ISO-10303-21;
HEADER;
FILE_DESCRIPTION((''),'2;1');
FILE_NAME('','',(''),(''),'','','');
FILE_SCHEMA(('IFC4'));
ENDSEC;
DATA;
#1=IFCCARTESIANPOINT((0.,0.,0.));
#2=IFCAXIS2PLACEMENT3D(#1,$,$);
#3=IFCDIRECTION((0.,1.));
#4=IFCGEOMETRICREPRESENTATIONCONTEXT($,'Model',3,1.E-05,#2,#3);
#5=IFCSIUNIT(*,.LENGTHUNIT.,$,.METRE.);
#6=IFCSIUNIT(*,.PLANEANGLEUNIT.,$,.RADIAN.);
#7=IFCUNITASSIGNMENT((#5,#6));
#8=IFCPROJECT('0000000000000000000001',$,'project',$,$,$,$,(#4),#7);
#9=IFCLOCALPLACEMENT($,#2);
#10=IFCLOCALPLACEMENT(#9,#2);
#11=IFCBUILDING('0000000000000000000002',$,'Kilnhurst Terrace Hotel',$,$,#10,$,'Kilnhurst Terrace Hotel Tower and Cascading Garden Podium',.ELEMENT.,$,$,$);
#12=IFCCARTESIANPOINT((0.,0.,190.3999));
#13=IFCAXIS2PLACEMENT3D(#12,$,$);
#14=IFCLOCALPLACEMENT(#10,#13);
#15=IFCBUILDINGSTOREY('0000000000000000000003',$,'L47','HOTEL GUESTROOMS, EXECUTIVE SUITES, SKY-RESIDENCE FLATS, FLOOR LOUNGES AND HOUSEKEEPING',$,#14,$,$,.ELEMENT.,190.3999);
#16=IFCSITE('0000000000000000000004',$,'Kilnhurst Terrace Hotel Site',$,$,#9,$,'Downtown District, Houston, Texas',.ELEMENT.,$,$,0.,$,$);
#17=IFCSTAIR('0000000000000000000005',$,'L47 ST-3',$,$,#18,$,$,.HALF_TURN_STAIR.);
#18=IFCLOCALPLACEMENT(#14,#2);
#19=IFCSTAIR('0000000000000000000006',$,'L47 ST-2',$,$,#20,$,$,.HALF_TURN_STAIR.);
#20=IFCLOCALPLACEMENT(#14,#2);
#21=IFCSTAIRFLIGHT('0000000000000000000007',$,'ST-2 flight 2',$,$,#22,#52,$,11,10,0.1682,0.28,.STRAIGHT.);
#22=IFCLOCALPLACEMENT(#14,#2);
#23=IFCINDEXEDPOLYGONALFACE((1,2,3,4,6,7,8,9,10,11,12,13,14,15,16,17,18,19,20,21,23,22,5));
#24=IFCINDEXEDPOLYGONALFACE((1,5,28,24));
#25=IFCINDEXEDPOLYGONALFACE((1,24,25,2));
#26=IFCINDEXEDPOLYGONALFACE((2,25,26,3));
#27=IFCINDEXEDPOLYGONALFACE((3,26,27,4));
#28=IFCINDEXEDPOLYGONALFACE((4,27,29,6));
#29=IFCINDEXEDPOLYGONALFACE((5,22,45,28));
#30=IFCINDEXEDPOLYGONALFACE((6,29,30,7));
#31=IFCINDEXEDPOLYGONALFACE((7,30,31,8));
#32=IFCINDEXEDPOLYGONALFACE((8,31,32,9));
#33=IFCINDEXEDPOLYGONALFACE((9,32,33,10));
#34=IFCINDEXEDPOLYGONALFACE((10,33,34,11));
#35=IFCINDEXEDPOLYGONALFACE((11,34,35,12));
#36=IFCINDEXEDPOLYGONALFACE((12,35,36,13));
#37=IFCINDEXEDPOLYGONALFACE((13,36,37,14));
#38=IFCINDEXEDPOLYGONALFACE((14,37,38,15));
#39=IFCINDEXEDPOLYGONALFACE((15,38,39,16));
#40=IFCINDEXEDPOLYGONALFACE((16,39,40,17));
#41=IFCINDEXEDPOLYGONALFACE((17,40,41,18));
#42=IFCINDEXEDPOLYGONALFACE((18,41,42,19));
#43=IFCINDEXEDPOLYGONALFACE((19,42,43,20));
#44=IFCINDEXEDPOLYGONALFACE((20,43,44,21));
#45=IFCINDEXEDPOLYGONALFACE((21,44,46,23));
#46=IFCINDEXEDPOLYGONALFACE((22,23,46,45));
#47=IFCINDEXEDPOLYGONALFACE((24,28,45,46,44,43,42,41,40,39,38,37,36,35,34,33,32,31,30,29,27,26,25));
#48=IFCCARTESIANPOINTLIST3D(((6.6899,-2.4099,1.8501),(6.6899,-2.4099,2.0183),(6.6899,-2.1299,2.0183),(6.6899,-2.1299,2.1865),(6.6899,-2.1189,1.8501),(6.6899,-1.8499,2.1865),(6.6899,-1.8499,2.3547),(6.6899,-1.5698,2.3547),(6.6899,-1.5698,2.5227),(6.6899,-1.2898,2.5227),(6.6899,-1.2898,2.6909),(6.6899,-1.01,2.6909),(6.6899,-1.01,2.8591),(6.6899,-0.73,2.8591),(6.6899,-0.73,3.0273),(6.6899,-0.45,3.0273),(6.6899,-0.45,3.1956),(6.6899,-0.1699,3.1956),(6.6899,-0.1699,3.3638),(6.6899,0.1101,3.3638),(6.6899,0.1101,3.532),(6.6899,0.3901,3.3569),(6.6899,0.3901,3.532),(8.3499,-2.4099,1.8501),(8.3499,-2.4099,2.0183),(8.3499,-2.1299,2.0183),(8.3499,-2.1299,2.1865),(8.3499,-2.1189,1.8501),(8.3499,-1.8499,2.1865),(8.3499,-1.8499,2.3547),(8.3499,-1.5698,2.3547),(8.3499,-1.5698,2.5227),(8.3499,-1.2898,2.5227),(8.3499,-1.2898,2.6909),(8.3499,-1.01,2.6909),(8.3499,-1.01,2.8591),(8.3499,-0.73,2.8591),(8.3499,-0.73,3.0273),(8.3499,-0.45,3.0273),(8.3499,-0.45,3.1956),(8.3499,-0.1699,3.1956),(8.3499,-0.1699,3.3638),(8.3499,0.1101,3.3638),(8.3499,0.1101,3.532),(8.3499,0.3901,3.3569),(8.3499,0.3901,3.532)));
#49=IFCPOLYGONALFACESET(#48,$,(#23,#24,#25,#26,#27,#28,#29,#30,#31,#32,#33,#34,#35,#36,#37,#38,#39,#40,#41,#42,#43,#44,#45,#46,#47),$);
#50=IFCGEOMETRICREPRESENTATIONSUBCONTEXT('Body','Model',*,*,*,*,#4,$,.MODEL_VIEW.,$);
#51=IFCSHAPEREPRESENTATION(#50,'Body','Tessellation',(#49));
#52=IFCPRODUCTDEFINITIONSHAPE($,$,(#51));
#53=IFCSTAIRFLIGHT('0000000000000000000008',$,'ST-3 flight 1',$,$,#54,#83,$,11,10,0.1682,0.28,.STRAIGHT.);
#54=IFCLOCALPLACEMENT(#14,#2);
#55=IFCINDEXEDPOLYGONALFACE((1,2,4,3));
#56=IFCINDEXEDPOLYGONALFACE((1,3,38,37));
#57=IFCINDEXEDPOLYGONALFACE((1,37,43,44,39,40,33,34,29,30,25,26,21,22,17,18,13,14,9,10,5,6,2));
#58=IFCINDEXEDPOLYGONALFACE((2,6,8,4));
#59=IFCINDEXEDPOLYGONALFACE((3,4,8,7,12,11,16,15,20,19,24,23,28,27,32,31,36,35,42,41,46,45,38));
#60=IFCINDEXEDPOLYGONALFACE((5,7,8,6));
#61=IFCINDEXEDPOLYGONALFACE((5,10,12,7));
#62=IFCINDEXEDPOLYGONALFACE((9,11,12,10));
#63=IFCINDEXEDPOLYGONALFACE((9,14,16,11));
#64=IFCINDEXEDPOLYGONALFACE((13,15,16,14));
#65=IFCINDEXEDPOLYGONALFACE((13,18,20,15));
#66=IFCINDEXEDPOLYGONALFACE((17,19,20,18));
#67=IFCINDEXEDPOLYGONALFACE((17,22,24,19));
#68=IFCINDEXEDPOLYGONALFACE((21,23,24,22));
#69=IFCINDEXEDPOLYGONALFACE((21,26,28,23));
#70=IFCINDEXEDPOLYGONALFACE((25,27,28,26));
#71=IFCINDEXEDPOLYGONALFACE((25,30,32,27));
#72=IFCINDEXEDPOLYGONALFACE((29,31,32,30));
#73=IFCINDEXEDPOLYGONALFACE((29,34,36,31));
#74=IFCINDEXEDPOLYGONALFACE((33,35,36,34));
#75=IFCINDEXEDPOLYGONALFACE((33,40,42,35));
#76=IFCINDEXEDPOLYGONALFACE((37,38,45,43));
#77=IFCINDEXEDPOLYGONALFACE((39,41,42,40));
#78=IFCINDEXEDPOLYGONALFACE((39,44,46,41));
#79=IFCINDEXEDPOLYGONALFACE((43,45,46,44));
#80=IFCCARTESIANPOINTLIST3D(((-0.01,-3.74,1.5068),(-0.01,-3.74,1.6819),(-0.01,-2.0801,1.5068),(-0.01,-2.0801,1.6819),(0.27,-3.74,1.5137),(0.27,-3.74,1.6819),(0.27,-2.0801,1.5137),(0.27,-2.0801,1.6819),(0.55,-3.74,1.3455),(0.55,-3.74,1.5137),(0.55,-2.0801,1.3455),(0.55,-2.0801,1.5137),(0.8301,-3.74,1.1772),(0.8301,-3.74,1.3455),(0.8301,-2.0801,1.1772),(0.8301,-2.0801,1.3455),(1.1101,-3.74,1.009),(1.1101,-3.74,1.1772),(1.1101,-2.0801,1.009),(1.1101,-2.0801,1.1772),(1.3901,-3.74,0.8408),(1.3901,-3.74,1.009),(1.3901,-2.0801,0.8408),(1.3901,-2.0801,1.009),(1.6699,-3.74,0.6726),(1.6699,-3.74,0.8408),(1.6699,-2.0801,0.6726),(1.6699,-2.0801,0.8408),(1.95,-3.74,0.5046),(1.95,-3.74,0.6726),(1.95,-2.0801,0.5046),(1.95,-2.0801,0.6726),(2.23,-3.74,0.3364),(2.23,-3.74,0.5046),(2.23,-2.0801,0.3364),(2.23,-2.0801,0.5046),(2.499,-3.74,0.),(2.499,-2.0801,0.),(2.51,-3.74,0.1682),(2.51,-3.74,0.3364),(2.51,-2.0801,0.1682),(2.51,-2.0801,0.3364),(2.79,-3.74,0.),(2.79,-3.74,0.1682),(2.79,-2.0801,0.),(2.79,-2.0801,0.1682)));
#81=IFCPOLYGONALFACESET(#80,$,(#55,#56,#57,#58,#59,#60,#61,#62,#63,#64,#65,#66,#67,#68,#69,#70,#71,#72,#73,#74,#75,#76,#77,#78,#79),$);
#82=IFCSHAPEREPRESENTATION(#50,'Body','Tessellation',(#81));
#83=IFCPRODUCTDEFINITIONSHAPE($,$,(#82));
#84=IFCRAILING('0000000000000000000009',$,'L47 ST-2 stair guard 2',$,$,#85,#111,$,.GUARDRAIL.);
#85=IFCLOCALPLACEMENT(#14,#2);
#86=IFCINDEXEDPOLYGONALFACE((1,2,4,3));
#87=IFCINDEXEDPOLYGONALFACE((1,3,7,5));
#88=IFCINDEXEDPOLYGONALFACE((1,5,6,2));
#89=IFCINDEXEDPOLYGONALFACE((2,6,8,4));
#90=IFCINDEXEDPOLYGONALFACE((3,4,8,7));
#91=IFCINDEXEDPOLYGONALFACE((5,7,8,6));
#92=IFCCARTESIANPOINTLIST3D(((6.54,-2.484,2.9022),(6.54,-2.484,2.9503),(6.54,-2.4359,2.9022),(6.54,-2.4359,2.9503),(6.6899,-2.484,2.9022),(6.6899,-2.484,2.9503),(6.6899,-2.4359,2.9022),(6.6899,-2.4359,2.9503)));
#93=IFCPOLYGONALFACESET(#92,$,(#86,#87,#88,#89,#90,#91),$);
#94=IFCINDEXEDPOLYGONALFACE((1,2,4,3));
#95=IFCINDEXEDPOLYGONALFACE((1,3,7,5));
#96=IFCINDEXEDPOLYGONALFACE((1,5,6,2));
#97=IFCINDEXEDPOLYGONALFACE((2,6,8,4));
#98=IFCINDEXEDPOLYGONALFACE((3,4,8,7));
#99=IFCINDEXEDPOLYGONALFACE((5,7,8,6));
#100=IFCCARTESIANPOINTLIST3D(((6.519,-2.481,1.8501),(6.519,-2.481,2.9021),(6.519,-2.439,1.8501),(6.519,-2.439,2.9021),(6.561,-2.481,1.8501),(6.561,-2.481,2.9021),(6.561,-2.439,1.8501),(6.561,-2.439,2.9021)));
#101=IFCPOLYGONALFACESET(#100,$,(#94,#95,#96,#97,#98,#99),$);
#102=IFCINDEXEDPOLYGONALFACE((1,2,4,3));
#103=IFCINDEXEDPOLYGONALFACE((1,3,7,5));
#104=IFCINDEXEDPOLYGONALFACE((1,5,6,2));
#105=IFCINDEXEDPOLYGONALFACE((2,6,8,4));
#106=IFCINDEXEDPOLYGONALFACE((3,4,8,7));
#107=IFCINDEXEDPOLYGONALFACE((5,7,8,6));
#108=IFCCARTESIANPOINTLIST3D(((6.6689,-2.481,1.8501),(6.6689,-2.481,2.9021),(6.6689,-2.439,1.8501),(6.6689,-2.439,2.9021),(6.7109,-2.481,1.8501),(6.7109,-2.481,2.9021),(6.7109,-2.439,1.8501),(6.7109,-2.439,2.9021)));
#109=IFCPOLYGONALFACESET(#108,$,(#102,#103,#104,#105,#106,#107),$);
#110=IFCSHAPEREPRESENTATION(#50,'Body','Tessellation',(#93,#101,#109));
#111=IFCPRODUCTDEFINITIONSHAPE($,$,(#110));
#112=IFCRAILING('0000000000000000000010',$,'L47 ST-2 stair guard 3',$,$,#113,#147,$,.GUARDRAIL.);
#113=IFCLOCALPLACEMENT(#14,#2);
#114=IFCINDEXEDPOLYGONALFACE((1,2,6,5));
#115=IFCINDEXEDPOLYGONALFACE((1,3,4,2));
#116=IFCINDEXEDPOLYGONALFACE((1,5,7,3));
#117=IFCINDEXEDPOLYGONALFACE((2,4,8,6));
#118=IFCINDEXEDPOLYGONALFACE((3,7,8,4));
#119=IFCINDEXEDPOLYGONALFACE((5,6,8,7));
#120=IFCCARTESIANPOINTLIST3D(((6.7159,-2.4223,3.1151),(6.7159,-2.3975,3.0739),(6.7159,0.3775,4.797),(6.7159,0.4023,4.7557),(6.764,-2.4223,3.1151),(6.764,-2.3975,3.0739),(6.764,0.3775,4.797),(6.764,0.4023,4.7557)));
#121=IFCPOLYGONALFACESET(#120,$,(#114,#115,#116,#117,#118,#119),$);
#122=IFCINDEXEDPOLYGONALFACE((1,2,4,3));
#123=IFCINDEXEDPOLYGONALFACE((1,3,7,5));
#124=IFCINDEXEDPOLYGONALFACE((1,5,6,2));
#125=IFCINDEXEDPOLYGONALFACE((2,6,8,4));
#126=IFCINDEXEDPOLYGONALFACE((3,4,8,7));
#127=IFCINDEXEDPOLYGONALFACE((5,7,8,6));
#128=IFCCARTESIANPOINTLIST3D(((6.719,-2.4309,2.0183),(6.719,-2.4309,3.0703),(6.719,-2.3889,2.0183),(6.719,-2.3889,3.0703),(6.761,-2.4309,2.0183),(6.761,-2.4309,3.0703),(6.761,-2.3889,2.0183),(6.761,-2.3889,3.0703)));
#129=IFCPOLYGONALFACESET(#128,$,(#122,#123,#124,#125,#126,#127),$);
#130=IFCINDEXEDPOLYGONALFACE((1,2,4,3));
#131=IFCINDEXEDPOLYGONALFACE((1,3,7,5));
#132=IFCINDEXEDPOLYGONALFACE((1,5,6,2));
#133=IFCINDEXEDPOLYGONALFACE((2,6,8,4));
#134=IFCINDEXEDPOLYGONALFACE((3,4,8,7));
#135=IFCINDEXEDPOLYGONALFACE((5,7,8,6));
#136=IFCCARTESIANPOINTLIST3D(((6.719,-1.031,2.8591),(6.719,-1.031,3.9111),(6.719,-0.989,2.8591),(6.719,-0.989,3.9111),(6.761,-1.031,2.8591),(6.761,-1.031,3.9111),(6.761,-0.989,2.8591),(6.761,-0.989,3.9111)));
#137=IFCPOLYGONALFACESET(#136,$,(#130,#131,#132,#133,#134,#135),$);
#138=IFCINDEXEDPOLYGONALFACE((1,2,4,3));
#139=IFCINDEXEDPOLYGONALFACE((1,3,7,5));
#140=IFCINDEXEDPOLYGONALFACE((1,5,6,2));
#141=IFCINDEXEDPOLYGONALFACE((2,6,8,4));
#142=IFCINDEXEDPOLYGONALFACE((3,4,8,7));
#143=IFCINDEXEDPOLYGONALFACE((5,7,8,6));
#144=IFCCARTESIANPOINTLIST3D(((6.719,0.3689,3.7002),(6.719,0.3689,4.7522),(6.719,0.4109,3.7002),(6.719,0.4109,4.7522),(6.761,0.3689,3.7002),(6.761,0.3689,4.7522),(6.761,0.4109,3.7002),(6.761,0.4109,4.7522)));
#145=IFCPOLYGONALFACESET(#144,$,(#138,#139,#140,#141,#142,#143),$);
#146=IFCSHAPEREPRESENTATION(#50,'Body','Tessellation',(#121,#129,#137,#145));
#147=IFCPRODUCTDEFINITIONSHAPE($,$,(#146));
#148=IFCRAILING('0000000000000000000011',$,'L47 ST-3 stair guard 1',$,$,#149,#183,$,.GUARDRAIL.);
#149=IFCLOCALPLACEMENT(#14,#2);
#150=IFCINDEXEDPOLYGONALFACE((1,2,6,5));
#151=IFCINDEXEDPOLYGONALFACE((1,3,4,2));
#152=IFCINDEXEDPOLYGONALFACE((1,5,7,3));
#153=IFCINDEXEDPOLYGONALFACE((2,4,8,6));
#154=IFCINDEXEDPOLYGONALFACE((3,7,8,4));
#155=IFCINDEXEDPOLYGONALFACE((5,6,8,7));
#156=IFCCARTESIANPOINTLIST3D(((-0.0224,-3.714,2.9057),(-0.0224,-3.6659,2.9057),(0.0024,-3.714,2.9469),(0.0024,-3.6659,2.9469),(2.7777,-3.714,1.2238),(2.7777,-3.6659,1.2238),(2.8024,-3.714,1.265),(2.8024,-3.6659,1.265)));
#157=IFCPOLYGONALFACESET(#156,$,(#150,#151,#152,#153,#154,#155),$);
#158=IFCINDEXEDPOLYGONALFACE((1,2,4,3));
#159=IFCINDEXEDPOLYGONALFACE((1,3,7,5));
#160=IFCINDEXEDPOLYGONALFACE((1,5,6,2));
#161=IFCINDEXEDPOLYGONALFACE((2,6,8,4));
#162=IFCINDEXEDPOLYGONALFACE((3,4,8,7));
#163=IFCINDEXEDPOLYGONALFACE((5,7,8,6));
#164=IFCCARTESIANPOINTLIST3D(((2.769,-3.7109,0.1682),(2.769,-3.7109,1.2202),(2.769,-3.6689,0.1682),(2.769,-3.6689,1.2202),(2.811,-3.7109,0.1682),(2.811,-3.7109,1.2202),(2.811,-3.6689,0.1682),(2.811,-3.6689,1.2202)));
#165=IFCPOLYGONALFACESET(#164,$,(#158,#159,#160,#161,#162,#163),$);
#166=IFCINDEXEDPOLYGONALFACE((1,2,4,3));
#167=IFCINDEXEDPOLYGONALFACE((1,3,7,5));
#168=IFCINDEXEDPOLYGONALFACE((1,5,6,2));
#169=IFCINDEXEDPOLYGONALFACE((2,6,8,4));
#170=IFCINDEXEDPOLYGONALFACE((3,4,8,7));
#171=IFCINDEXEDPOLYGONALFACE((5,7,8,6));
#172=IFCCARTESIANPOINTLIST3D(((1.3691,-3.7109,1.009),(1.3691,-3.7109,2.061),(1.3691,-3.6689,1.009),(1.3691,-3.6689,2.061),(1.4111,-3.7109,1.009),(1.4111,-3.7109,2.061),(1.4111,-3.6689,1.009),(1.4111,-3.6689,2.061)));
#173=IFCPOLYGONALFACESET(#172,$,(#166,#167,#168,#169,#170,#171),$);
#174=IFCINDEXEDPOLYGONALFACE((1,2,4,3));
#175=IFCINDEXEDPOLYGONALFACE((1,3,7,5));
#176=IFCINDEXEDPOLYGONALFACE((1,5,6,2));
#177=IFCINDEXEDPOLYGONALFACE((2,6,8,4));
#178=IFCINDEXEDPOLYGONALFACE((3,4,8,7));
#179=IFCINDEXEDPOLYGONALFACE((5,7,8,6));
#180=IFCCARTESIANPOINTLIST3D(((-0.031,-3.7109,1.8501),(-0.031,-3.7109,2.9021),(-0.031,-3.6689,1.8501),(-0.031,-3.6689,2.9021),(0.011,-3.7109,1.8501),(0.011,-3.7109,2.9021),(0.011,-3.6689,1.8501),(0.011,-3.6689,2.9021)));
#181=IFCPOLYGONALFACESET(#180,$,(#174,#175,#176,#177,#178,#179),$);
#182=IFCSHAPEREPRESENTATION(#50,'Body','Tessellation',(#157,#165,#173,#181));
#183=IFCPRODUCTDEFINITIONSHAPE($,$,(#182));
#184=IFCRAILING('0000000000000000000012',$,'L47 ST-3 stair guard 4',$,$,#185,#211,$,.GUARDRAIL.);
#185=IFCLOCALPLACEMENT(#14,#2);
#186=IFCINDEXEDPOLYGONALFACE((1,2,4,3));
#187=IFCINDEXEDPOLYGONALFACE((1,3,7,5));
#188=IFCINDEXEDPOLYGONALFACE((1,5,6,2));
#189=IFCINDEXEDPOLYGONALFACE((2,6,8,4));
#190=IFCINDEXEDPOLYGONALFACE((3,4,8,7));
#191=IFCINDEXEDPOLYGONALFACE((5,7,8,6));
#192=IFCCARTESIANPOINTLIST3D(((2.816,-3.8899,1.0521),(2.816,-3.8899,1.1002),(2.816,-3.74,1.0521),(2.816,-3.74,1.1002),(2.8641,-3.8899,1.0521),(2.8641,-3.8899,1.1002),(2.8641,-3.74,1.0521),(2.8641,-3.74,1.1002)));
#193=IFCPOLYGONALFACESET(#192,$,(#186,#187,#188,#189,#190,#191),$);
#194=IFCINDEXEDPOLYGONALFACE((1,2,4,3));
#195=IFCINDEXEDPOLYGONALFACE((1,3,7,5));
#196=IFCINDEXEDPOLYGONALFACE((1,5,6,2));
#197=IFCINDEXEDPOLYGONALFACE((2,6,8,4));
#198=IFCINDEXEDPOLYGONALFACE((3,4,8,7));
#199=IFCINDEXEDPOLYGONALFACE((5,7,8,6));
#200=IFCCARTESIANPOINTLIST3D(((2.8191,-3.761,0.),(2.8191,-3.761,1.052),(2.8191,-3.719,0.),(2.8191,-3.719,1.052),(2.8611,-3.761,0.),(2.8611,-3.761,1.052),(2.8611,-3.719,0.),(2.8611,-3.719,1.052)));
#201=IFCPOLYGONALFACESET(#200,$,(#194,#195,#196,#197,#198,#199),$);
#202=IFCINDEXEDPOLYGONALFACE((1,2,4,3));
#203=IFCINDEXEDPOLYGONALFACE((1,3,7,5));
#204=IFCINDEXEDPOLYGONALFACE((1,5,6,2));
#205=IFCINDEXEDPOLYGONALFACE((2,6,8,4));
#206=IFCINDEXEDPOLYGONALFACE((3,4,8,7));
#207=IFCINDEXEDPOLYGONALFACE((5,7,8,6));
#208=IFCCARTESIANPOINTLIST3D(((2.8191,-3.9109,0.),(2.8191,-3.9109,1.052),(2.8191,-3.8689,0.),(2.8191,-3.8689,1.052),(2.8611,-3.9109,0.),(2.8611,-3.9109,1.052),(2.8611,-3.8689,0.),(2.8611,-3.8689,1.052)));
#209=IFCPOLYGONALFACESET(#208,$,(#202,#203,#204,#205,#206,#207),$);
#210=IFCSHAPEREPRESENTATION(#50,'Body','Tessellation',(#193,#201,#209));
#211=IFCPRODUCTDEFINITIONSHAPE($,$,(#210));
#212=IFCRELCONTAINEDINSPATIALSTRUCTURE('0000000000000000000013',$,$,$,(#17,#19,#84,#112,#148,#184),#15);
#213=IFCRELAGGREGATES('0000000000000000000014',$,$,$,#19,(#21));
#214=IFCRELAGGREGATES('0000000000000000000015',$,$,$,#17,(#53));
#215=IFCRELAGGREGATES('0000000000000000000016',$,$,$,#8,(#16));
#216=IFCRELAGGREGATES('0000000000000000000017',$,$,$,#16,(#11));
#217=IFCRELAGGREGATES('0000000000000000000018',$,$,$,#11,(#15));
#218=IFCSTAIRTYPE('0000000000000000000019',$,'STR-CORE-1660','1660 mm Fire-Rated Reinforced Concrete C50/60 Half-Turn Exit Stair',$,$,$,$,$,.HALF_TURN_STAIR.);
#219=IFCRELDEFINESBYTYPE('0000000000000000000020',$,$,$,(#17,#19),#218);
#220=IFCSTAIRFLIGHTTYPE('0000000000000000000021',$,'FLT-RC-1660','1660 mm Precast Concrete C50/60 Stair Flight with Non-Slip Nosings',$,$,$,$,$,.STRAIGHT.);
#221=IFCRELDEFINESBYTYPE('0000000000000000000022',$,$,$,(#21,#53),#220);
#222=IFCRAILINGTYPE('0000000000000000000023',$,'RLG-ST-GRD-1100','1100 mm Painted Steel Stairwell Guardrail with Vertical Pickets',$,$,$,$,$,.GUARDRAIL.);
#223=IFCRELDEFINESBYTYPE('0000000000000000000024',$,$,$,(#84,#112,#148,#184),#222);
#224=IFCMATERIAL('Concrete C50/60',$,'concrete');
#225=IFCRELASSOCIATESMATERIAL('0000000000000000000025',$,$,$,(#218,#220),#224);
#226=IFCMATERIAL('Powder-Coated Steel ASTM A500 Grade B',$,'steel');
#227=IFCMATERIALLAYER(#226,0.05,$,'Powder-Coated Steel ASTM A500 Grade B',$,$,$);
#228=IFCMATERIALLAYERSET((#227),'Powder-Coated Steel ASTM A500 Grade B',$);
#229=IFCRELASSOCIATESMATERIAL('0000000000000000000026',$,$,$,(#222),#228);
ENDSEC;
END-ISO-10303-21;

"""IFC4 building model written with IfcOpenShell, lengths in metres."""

from ifc_helpers import new_model, si_unit, direction, frame, origin, origin_2d, place, context, subcontext, project, spatial, polyline, rectangle, outline, extrude, material, layer, layer_set, type_object, element, aggregate, save


model = new_model("IFC4")

# Units and contexts
model_context = context("Model", 3, precision=1e-05, world=origin(), true_north=direction((0.0, 1.0)))
body_context = subcontext(model_context, "Body", "Model", "MODEL_VIEW")
ifc_project = project(units=[si_unit("LENGTHUNIT", "METRE"), si_unit("PLANEANGLEUNIT", "RADIAN")], contexts=[model_context])

# Site, building, storey
site_placement = place(None, origin())
site = spatial("IfcSite", under=ifc_project, at=site_placement, Name="Kilnhurst Terrace Hotel Site", LongName="Downtown District, Houston, Texas", CompositionType="ELEMENT", RefElevation=0.0)
building_placement = place(site_placement, origin())
building = spatial("IfcBuilding", under=site, at=building_placement, Name="Kilnhurst Terrace Hotel", LongName="Kilnhurst Terrace Hotel Tower and Cascading Garden Podium", CompositionType="ELEMENT")
storey_placement = place(building_placement, frame((0.0, 0.0, 190.3999)))
storey = spatial("IfcBuildingStorey", under=building, at=storey_placement, Name="L47", Description="HOTEL GUESTROOMS, EXECUTIVE SUITES, SKY-RESIDENCE FLATS, FLOOR LOUNGES AND HOUSEKEEPING", CompositionType="ELEMENT", Elevation=190.3999)

# Stair
ifc_material_1 = material(Name="Concrete C50/60", Category="concrete")
stair_type = type_object("IfcStairType", Name="STR-CORE-1660", Description="1660 mm Fire-Rated Reinforced Concrete C50/60 Half-Turn Exit Stair", PredefinedType="HALF_TURN_STAIR", material=ifc_material_1)
stair_1_placement = place(storey_placement, origin())
stair_1 = element("IfcStair", 1, at=stair_1_placement, inside=storey, type_object=stair_type, Name="L47 ST-3", PredefinedType="HALF_TURN_STAIR")

# Stair, stair flight
stair_2_placement = place(storey_placement, origin())
stair_2 = element("IfcStair", 2, at=stair_2_placement, inside=storey, type_object=stair_type, Name="L47 ST-2", PredefinedType="HALF_TURN_STAIR")
stair_flight_type = type_object("IfcStairFlightType", Name="FLT-RC-1660", Description="1660 mm Precast Concrete C50/60 Stair Flight with Non-Slip Nosings", PredefinedType="STRAIGHT", material=ifc_material_1)
stair_flight_1_placement = place(storey_placement, frame((7.52, -2.4099, 1.8501), z_axis=(0.0, 0.0, 1.0), x_axis=(0.0, 1.0, 0.0)))
stair_flight_1 = element("IfcStairFlight", 3, at=stair_flight_1_placement, type_object=stair_flight_type, Name="ST-2 flight 2", NumberOfRisers=11, NumberOfTreads=10, PredefinedType="STRAIGHT", RiserHeight=0.1682, TreadLength=0.28, context=body_context, shape_type="SweptSolid", body=[
    extrude(outline(polyline([(0.0, 0.0), (0.0, 0.1682), (0.28, 0.1682), (0.28, 0.3364), (0.5601, 0.3364), (0.5601, 0.5046), (0.8401, 0.5046), (0.8401, 0.6726), (1.1201, 0.6726), (1.1201, 0.8408), (1.3999, 0.8408), (1.3999, 1.009), (1.6799, 1.009), (1.6799, 1.1772), (1.96, 1.1772), (1.96, 1.3455), (2.24, 1.3455), (2.24, 1.5137), (2.52, 1.5137), (2.52, 1.6819), (2.8, 1.6819), (2.8, 1.8501), (2.8, 1.5068), (0.291, 0.0), (0.0, 0.0)])), frame((0.0, 0.8301, 0.0), z_axis=(0.0, -1.0, 0.0), x_axis=(1.0, 0.0, 0.0)), (0.0, 0.0, 1.0), 1.6599),
])
aggregate(stair_2, [stair_flight_1])

# Stair flight
stair_flight_2_placement = place(storey_placement, frame((2.79, -2.9099, 0.0), z_axis=(0.0, 0.0, 1.0), x_axis=(-1.0, 0.0, 0.0)))
stair_flight_2 = element("IfcStairFlight", 4, at=stair_flight_2_placement, type_object=stair_flight_type, Name="ST-3 flight 1", NumberOfRisers=11, NumberOfTreads=10, PredefinedType="STRAIGHT", RiserHeight=0.1682, TreadLength=0.28, context=body_context, shape_type="SweptSolid", body=[
    extrude(outline(polyline([(0.0, 0.0), (0.0, 0.1682), (0.28, 0.1682), (0.28, 0.3364), (0.5601, 0.3364), (0.5601, 0.5046), (0.8401, 0.5046), (0.8401, 0.6726), (1.1201, 0.6726), (1.1201, 0.8408), (1.3999, 0.8408), (1.3999, 1.009), (1.6799, 1.009), (1.6799, 1.1772), (1.96, 1.1772), (1.96, 1.3455), (2.24, 1.3455), (2.24, 1.5137), (2.52, 1.5137), (2.52, 1.6819), (2.8, 1.6819), (2.8, 1.8501), (2.8, 1.5068), (0.291, 0.0), (0.0, 0.0)])), frame((0.0, 0.8301, 0.0), z_axis=(0.0, -1.0, 0.0), x_axis=(1.0, 0.0, 0.0)), (0.0, 0.0, 1.0), 1.6599),
])
aggregate(stair_1, [stair_flight_2])

# Railings
ifc_material_2 = material(Name="Powder-Coated Steel ASTM A500 Grade B", Category="steel")
ifc_layer_1 = layer(ifc_material_2, 0.05, Name="Powder-Coated Steel ASTM A500 Grade B")
ifc_layer_set_1 = layer_set([ifc_layer_1], Name="Powder-Coated Steel ASTM A500 Grade B")
railing_type_1 = type_object("IfcRailingType", Name="RLG-ST-GRD-1100", Description="1100 mm Painted Steel Stairwell Guardrail with Vertical Pickets", PredefinedType="GUARDRAIL", material=ifc_layer_set_1)
railing_1_placement = place(storey_placement, frame((6.54, -2.46, 1.8501)))
element("IfcRailing", 5, at=railing_1_placement, inside=storey, type_object=railing_type_1, Name="L47 ST-2 stair guard 2", PredefinedType="GUARDRAIL", context=body_context, shape_type="SweptSolid", body=[
    extrude(rectangle(XDim=0.0481, YDim=0.0481, at=origin_2d()), frame((0.0, 0.0, 1.0762), z_axis=(1.0, 0.0, 0.0), x_axis=(0.0, 1.0, 0.0)), (0.0, 0.0, 1.0), 0.1499),
    extrude(rectangle(XDim=0.042, YDim=0.042, at=origin_2d()), origin(), (0.0, 0.0, 1.0), 1.052),
    extrude(rectangle(XDim=0.042, YDim=0.042, at=origin_2d()), frame((0.1499, 0.0, 0.0)), (0.0, 0.0, 1.0), 1.052),
])
railing_2_placement = place(storey_placement, frame((6.74, -2.4099, 2.0183)))
element("IfcRailing", 6, at=railing_2_placement, inside=storey, type_object=railing_type_1, Name="L47 ST-2 stair guard 3", PredefinedType="GUARDRAIL", context=body_context, shape_type="SweptSolid", body=[
    extrude(rectangle(XDim=0.0481, YDim=0.0481, at=origin_2d()), frame((0.0, 0.0, 1.0762), z_axis=(0.0, 0.857222, 0.514946), x_axis=(-1.0, 0.0, 0.0)), (0.0, 0.0, 1.0), 3.2661),
    extrude(rectangle(XDim=0.042, YDim=0.042, at=origin_2d()), origin(), (0.0, 0.0, 1.0), 1.052),
    extrude(rectangle(XDim=0.042, YDim=0.042, at=origin_2d()), frame((0.0, 1.3999, 0.8408)), (0.0, 0.0, 1.0), 1.052),
    extrude(rectangle(XDim=0.042, YDim=0.042, at=origin_2d()), frame((0.0, 2.7998, 1.6819)), (0.0, 0.0, 1.0), 1.052),
])
railing_3_placement = place(storey_placement, frame((2.79, -3.6899, 0.1682)))
element("IfcRailing", 7, at=railing_3_placement, inside=storey, type_object=railing_type_1, Name="L47 ST-3 stair guard 1", PredefinedType="GUARDRAIL", context=body_context, shape_type="SweptSolid", body=[
    extrude(rectangle(XDim=0.0481, YDim=0.0481, at=origin_2d()), frame((0.0, 0.0, 1.0762), z_axis=(-0.857242, 0.0, 0.514913), x_axis=(0.0, -1.0, 0.0)), (0.0, 0.0, 1.0), 3.2664),
    extrude(rectangle(XDim=0.042, YDim=0.042, at=origin_2d()), origin(), (0.0, 0.0, 1.0), 1.052),
    extrude(rectangle(XDim=0.042, YDim=0.042, at=origin_2d()), frame((-1.3999, 0.0, 0.8408)), (0.0, 0.0, 1.0), 1.052),
    extrude(rectangle(XDim=0.042, YDim=0.042, at=origin_2d()), frame((-2.8, 0.0, 1.6819)), (0.0, 0.0, 1.0), 1.052),
])
railing_4_placement = place(storey_placement, frame((2.8401, -3.74, 0.0)))
element("IfcRailing", 8, at=railing_4_placement, inside=storey, type_object=railing_type_1, Name="L47 ST-3 stair guard 4", PredefinedType="GUARDRAIL", context=body_context, shape_type="SweptSolid", body=[
    extrude(rectangle(XDim=0.0481, YDim=0.0481, at=origin_2d()), frame((0.0, 0.0, 1.0762), z_axis=(0.0, -1.0, 0.0), x_axis=(1.0, 0.0, 0.0)), (0.0, 0.0, 1.0), 0.1499),
    extrude(rectangle(XDim=0.042, YDim=0.042, at=origin_2d()), origin(), (0.0, 0.0, 1.0), 1.052),
    extrude(rectangle(XDim=0.042, YDim=0.042, at=origin_2d()), frame((0.0, -0.1499, 0.0)), (0.0, 0.0, 1.0), 1.052),
])

save(model, "model.ifc")
